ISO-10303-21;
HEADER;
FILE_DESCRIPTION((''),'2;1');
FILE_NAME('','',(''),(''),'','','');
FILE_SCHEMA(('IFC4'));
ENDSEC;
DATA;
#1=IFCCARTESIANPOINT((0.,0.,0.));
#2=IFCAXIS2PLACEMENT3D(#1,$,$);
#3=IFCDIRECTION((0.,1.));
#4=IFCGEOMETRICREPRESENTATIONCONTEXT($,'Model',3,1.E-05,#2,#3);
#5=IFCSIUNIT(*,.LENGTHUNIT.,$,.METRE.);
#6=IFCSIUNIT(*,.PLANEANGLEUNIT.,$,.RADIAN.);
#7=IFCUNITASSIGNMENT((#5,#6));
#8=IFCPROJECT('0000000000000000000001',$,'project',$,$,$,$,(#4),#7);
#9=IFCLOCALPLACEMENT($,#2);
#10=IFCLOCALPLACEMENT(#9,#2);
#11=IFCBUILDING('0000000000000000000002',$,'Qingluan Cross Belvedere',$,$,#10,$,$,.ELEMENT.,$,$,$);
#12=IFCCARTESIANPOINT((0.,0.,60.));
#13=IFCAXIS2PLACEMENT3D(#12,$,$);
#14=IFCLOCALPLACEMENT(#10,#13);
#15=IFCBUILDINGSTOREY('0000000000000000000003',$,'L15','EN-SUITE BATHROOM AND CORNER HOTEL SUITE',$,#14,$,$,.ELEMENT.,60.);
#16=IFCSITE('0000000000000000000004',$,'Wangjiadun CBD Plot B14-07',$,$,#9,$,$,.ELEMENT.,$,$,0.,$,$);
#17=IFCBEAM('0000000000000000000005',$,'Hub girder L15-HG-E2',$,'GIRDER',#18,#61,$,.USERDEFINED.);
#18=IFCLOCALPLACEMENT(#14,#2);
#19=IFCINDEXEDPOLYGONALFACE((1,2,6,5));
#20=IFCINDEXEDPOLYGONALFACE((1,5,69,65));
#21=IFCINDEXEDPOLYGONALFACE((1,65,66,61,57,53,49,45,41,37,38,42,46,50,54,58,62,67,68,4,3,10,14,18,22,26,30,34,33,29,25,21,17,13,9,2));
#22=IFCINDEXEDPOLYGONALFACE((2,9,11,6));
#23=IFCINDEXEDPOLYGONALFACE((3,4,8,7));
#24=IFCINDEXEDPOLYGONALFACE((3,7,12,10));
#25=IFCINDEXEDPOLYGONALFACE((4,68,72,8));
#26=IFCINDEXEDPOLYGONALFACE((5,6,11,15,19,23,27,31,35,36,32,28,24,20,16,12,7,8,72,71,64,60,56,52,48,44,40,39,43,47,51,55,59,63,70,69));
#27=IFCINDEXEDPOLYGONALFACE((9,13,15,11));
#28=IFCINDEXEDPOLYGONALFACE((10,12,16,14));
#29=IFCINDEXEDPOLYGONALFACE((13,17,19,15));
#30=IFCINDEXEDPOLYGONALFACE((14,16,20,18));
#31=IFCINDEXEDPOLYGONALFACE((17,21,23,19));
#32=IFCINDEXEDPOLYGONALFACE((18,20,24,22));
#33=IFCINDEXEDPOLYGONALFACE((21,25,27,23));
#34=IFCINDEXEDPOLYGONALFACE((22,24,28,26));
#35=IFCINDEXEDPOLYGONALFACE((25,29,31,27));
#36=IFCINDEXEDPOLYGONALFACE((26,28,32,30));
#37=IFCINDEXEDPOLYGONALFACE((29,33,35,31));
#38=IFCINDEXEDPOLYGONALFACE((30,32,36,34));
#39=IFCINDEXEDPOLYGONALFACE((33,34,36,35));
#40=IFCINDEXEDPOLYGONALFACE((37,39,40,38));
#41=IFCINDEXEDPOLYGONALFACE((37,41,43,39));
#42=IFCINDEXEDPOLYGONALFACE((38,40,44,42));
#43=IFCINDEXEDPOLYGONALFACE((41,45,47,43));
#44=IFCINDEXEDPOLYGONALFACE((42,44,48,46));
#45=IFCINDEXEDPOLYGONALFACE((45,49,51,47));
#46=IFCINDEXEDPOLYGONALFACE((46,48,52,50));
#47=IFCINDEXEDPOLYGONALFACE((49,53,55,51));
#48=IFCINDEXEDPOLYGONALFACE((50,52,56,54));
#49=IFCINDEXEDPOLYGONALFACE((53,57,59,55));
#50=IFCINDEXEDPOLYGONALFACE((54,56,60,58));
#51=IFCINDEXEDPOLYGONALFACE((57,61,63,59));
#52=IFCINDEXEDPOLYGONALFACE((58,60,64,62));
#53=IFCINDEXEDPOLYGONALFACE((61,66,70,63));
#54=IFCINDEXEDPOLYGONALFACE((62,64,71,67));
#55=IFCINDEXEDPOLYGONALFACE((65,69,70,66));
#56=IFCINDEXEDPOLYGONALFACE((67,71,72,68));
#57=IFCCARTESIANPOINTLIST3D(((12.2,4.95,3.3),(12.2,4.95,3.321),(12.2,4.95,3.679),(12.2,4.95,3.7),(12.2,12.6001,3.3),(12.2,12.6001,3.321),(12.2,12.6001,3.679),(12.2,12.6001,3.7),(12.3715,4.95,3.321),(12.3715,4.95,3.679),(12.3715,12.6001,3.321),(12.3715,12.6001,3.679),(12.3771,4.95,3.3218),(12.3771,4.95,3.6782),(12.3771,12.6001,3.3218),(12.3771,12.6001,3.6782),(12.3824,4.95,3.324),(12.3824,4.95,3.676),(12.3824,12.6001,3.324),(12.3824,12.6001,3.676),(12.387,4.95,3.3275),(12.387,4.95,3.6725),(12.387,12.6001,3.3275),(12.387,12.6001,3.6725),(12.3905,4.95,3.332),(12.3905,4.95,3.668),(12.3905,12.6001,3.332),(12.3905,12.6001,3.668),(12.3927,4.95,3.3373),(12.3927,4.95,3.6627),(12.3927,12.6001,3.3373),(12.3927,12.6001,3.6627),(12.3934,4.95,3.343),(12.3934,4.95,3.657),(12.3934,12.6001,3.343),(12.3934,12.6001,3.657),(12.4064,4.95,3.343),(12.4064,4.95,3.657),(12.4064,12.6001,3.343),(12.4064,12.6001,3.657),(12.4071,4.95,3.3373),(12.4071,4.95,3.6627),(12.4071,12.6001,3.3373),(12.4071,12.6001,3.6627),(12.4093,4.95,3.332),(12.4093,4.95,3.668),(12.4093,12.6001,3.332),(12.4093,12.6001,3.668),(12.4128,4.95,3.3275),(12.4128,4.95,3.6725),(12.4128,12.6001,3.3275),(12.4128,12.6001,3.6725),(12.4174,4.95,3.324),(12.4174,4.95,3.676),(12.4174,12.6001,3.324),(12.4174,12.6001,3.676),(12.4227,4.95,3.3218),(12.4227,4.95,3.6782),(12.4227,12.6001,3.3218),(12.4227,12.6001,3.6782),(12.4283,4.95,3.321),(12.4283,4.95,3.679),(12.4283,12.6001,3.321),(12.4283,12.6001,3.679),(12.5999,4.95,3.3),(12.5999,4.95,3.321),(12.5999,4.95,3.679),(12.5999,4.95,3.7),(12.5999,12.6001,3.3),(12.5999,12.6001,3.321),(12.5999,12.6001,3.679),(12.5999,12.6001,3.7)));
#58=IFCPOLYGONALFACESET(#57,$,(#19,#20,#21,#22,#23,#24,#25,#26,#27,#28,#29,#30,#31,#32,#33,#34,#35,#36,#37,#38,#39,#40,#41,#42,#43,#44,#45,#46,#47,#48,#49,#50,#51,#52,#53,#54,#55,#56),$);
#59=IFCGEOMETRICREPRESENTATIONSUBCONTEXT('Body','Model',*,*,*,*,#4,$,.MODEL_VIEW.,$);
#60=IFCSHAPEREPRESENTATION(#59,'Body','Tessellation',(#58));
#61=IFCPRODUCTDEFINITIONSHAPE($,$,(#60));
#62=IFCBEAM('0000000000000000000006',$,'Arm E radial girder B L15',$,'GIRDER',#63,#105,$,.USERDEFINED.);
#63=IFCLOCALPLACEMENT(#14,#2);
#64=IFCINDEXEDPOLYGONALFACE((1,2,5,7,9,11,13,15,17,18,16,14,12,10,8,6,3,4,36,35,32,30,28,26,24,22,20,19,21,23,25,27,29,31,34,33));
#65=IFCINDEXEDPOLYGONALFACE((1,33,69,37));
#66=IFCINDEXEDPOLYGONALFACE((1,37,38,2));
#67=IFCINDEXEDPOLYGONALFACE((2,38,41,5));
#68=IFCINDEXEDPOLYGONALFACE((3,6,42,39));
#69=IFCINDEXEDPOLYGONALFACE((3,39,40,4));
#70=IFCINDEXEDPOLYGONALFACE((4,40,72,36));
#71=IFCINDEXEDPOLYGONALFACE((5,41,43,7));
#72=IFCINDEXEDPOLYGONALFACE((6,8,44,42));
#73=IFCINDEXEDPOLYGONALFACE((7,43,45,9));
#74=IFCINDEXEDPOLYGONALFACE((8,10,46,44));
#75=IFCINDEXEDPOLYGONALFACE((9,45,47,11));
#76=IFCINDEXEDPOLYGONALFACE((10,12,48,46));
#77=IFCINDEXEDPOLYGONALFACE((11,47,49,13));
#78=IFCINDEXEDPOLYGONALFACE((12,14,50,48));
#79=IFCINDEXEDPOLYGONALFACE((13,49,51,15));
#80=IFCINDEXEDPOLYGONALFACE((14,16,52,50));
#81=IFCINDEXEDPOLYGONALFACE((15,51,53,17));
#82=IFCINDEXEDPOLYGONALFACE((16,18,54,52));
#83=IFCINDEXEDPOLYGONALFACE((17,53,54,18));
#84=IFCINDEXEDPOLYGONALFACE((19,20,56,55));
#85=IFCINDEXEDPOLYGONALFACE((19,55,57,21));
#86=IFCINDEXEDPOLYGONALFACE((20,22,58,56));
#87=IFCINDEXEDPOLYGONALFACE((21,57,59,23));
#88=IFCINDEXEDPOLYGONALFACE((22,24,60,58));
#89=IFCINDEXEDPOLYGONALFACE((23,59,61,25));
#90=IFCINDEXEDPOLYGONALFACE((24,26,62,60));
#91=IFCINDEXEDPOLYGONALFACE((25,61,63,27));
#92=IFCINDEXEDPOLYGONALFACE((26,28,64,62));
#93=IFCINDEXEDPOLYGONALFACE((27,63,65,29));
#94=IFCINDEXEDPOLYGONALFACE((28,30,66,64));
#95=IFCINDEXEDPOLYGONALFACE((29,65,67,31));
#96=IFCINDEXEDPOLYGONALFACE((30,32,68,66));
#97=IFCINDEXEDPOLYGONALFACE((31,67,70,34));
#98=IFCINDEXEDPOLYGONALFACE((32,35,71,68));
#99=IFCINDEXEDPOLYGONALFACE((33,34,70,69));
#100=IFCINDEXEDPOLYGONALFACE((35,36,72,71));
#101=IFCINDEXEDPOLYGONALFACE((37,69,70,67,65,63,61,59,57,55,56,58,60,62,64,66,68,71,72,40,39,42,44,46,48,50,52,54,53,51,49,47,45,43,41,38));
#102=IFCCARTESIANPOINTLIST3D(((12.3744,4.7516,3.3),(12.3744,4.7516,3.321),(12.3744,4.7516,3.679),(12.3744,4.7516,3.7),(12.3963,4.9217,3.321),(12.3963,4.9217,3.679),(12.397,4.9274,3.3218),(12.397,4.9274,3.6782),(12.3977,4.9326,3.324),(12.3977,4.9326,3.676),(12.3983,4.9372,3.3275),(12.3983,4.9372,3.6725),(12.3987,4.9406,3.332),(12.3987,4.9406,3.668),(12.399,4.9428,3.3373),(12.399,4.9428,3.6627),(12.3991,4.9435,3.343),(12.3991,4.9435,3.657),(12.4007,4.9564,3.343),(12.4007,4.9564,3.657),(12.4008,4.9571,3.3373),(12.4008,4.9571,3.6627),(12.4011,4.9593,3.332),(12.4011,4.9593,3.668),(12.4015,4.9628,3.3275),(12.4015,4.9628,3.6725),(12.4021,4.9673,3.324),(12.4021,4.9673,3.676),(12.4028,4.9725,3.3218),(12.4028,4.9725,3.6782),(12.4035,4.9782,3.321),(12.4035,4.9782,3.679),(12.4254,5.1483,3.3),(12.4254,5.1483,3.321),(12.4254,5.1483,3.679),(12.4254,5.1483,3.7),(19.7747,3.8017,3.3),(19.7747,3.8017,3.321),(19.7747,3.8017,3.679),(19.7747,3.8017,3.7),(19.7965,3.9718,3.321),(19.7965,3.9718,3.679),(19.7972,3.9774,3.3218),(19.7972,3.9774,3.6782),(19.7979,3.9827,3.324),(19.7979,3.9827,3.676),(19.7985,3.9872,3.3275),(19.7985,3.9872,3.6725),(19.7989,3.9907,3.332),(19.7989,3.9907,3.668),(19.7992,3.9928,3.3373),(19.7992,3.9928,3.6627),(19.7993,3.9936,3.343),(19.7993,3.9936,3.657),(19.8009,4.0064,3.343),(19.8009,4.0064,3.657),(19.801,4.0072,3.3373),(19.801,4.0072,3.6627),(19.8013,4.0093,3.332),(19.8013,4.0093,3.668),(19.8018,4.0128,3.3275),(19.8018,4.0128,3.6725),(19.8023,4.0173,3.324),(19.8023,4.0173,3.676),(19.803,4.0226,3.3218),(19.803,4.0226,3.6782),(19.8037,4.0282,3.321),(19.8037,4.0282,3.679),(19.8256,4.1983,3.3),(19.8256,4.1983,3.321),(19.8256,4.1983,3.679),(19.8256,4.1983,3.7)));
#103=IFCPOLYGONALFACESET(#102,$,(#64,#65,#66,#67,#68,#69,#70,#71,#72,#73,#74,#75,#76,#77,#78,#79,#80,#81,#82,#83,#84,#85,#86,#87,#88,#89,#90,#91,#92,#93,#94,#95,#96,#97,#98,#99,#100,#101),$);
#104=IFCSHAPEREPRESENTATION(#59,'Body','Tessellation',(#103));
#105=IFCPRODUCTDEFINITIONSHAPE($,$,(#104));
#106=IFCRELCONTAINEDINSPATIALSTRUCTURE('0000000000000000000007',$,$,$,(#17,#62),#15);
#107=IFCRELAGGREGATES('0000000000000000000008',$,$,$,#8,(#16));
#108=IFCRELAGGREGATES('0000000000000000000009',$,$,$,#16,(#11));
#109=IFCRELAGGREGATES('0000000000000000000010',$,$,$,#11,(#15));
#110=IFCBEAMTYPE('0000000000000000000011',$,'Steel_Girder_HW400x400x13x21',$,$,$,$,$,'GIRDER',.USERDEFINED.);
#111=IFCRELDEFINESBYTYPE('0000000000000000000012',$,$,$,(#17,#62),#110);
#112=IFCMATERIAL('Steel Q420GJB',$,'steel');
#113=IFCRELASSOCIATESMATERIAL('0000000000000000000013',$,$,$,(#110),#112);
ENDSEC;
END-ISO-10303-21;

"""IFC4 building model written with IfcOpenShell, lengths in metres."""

from ifc_helpers import new_model, si_unit, direction, frame, origin, origin_2d, place, context, subcontext, project, spatial, i_section, extrude, material, material_profile, profile_set, type_object, element, save


model = new_model("IFC4")

# Units and contexts
model_context = context("Model", 3, precision=1e-05, world=origin(), true_north=direction((0.0, 1.0)))
body_context = subcontext(model_context, "Body", "Model", "MODEL_VIEW")
ifc_project = project(units=[si_unit("LENGTHUNIT", "METRE"), si_unit("PLANEANGLEUNIT", "RADIAN")], contexts=[model_context])

# Site, building, storey
site_placement = place(None, origin())
site = spatial("IfcSite", under=ifc_project, at=site_placement, Name="Wangjiadun CBD Plot B14-07", CompositionType="ELEMENT", RefElevation=0.0)
building_placement = place(site_placement, origin())
building = spatial("IfcBuilding", under=site, at=building_placement, Name="Qingluan Cross Belvedere", CompositionType="ELEMENT")
storey_placement = place(building_placement, frame((0.0, 0.0, 60.0)))
storey = spatial("IfcBuildingStorey", under=building, at=storey_placement, Name="L15", Description="EN-SUITE BATHROOM AND CORNER HOTEL SUITE", CompositionType="ELEMENT", Elevation=60.0)

# Beams
ifc_material_1 = material(Name="Steel Q420GJB", Category="steel")
ifc_material_profile = material_profile(ifc_material_1, i_section(OverallWidth=0.3999, OverallDepth=0.3999, WebThickness=0.0129, FlangeThickness=0.021, FilletRadius=0.022, at=origin_2d()), Name="HW400x400x13x21")
ifc_profile_set = profile_set([ifc_material_profile], Name="Steel Q420GJB")
beam_type = type_object("IfcBeamType", Name="Steel_Girder_HW400x400x13x21", ElementType="GIRDER", PredefinedType="USERDEFINED", material=ifc_profile_set)
beam_1_placement = place(storey_placement, frame((12.3999, 4.95, 3.5), z_axis=(0.0, 1.0, 0.0), x_axis=(-1.0, 0.0, 0.0)))
element("IfcBeam", 1, at=beam_1_placement, inside=storey, type_object=beam_type, Name="Hub girder L15-HG-E2", ObjectType="GIRDER", PredefinedType="USERDEFINED", context=body_context, shape_type="SweptSolid", body=[
    extrude(i_section(OverallWidth=0.3999, OverallDepth=0.3999, WebThickness=0.0129, FlangeThickness=0.021, FilletRadius=0.022, at=origin_2d()), origin(), (0.0, 0.0, 1.0), 7.6501),
])
beam_2_placement = place(storey_placement, frame((12.3999, 4.95, 3.5), z_axis=(0.991861, -0.127324, 0.0), x_axis=(0.127324, 0.991861, 0.0)))
element("IfcBeam", 2, at=beam_2_placement, inside=storey, type_object=beam_type, Name="Arm E radial girder B L15", ObjectType="GIRDER", PredefinedType="USERDEFINED", context=body_context, shape_type="SweptSolid", body=[
    extrude(i_section(OverallWidth=0.3999, OverallDepth=0.3999, WebThickness=0.0129, FlangeThickness=0.021, FilletRadius=0.022, at=origin_2d()), origin(), (0.0, 0.0, 1.0), 7.4609),
])

save(model, "model.ifc")
